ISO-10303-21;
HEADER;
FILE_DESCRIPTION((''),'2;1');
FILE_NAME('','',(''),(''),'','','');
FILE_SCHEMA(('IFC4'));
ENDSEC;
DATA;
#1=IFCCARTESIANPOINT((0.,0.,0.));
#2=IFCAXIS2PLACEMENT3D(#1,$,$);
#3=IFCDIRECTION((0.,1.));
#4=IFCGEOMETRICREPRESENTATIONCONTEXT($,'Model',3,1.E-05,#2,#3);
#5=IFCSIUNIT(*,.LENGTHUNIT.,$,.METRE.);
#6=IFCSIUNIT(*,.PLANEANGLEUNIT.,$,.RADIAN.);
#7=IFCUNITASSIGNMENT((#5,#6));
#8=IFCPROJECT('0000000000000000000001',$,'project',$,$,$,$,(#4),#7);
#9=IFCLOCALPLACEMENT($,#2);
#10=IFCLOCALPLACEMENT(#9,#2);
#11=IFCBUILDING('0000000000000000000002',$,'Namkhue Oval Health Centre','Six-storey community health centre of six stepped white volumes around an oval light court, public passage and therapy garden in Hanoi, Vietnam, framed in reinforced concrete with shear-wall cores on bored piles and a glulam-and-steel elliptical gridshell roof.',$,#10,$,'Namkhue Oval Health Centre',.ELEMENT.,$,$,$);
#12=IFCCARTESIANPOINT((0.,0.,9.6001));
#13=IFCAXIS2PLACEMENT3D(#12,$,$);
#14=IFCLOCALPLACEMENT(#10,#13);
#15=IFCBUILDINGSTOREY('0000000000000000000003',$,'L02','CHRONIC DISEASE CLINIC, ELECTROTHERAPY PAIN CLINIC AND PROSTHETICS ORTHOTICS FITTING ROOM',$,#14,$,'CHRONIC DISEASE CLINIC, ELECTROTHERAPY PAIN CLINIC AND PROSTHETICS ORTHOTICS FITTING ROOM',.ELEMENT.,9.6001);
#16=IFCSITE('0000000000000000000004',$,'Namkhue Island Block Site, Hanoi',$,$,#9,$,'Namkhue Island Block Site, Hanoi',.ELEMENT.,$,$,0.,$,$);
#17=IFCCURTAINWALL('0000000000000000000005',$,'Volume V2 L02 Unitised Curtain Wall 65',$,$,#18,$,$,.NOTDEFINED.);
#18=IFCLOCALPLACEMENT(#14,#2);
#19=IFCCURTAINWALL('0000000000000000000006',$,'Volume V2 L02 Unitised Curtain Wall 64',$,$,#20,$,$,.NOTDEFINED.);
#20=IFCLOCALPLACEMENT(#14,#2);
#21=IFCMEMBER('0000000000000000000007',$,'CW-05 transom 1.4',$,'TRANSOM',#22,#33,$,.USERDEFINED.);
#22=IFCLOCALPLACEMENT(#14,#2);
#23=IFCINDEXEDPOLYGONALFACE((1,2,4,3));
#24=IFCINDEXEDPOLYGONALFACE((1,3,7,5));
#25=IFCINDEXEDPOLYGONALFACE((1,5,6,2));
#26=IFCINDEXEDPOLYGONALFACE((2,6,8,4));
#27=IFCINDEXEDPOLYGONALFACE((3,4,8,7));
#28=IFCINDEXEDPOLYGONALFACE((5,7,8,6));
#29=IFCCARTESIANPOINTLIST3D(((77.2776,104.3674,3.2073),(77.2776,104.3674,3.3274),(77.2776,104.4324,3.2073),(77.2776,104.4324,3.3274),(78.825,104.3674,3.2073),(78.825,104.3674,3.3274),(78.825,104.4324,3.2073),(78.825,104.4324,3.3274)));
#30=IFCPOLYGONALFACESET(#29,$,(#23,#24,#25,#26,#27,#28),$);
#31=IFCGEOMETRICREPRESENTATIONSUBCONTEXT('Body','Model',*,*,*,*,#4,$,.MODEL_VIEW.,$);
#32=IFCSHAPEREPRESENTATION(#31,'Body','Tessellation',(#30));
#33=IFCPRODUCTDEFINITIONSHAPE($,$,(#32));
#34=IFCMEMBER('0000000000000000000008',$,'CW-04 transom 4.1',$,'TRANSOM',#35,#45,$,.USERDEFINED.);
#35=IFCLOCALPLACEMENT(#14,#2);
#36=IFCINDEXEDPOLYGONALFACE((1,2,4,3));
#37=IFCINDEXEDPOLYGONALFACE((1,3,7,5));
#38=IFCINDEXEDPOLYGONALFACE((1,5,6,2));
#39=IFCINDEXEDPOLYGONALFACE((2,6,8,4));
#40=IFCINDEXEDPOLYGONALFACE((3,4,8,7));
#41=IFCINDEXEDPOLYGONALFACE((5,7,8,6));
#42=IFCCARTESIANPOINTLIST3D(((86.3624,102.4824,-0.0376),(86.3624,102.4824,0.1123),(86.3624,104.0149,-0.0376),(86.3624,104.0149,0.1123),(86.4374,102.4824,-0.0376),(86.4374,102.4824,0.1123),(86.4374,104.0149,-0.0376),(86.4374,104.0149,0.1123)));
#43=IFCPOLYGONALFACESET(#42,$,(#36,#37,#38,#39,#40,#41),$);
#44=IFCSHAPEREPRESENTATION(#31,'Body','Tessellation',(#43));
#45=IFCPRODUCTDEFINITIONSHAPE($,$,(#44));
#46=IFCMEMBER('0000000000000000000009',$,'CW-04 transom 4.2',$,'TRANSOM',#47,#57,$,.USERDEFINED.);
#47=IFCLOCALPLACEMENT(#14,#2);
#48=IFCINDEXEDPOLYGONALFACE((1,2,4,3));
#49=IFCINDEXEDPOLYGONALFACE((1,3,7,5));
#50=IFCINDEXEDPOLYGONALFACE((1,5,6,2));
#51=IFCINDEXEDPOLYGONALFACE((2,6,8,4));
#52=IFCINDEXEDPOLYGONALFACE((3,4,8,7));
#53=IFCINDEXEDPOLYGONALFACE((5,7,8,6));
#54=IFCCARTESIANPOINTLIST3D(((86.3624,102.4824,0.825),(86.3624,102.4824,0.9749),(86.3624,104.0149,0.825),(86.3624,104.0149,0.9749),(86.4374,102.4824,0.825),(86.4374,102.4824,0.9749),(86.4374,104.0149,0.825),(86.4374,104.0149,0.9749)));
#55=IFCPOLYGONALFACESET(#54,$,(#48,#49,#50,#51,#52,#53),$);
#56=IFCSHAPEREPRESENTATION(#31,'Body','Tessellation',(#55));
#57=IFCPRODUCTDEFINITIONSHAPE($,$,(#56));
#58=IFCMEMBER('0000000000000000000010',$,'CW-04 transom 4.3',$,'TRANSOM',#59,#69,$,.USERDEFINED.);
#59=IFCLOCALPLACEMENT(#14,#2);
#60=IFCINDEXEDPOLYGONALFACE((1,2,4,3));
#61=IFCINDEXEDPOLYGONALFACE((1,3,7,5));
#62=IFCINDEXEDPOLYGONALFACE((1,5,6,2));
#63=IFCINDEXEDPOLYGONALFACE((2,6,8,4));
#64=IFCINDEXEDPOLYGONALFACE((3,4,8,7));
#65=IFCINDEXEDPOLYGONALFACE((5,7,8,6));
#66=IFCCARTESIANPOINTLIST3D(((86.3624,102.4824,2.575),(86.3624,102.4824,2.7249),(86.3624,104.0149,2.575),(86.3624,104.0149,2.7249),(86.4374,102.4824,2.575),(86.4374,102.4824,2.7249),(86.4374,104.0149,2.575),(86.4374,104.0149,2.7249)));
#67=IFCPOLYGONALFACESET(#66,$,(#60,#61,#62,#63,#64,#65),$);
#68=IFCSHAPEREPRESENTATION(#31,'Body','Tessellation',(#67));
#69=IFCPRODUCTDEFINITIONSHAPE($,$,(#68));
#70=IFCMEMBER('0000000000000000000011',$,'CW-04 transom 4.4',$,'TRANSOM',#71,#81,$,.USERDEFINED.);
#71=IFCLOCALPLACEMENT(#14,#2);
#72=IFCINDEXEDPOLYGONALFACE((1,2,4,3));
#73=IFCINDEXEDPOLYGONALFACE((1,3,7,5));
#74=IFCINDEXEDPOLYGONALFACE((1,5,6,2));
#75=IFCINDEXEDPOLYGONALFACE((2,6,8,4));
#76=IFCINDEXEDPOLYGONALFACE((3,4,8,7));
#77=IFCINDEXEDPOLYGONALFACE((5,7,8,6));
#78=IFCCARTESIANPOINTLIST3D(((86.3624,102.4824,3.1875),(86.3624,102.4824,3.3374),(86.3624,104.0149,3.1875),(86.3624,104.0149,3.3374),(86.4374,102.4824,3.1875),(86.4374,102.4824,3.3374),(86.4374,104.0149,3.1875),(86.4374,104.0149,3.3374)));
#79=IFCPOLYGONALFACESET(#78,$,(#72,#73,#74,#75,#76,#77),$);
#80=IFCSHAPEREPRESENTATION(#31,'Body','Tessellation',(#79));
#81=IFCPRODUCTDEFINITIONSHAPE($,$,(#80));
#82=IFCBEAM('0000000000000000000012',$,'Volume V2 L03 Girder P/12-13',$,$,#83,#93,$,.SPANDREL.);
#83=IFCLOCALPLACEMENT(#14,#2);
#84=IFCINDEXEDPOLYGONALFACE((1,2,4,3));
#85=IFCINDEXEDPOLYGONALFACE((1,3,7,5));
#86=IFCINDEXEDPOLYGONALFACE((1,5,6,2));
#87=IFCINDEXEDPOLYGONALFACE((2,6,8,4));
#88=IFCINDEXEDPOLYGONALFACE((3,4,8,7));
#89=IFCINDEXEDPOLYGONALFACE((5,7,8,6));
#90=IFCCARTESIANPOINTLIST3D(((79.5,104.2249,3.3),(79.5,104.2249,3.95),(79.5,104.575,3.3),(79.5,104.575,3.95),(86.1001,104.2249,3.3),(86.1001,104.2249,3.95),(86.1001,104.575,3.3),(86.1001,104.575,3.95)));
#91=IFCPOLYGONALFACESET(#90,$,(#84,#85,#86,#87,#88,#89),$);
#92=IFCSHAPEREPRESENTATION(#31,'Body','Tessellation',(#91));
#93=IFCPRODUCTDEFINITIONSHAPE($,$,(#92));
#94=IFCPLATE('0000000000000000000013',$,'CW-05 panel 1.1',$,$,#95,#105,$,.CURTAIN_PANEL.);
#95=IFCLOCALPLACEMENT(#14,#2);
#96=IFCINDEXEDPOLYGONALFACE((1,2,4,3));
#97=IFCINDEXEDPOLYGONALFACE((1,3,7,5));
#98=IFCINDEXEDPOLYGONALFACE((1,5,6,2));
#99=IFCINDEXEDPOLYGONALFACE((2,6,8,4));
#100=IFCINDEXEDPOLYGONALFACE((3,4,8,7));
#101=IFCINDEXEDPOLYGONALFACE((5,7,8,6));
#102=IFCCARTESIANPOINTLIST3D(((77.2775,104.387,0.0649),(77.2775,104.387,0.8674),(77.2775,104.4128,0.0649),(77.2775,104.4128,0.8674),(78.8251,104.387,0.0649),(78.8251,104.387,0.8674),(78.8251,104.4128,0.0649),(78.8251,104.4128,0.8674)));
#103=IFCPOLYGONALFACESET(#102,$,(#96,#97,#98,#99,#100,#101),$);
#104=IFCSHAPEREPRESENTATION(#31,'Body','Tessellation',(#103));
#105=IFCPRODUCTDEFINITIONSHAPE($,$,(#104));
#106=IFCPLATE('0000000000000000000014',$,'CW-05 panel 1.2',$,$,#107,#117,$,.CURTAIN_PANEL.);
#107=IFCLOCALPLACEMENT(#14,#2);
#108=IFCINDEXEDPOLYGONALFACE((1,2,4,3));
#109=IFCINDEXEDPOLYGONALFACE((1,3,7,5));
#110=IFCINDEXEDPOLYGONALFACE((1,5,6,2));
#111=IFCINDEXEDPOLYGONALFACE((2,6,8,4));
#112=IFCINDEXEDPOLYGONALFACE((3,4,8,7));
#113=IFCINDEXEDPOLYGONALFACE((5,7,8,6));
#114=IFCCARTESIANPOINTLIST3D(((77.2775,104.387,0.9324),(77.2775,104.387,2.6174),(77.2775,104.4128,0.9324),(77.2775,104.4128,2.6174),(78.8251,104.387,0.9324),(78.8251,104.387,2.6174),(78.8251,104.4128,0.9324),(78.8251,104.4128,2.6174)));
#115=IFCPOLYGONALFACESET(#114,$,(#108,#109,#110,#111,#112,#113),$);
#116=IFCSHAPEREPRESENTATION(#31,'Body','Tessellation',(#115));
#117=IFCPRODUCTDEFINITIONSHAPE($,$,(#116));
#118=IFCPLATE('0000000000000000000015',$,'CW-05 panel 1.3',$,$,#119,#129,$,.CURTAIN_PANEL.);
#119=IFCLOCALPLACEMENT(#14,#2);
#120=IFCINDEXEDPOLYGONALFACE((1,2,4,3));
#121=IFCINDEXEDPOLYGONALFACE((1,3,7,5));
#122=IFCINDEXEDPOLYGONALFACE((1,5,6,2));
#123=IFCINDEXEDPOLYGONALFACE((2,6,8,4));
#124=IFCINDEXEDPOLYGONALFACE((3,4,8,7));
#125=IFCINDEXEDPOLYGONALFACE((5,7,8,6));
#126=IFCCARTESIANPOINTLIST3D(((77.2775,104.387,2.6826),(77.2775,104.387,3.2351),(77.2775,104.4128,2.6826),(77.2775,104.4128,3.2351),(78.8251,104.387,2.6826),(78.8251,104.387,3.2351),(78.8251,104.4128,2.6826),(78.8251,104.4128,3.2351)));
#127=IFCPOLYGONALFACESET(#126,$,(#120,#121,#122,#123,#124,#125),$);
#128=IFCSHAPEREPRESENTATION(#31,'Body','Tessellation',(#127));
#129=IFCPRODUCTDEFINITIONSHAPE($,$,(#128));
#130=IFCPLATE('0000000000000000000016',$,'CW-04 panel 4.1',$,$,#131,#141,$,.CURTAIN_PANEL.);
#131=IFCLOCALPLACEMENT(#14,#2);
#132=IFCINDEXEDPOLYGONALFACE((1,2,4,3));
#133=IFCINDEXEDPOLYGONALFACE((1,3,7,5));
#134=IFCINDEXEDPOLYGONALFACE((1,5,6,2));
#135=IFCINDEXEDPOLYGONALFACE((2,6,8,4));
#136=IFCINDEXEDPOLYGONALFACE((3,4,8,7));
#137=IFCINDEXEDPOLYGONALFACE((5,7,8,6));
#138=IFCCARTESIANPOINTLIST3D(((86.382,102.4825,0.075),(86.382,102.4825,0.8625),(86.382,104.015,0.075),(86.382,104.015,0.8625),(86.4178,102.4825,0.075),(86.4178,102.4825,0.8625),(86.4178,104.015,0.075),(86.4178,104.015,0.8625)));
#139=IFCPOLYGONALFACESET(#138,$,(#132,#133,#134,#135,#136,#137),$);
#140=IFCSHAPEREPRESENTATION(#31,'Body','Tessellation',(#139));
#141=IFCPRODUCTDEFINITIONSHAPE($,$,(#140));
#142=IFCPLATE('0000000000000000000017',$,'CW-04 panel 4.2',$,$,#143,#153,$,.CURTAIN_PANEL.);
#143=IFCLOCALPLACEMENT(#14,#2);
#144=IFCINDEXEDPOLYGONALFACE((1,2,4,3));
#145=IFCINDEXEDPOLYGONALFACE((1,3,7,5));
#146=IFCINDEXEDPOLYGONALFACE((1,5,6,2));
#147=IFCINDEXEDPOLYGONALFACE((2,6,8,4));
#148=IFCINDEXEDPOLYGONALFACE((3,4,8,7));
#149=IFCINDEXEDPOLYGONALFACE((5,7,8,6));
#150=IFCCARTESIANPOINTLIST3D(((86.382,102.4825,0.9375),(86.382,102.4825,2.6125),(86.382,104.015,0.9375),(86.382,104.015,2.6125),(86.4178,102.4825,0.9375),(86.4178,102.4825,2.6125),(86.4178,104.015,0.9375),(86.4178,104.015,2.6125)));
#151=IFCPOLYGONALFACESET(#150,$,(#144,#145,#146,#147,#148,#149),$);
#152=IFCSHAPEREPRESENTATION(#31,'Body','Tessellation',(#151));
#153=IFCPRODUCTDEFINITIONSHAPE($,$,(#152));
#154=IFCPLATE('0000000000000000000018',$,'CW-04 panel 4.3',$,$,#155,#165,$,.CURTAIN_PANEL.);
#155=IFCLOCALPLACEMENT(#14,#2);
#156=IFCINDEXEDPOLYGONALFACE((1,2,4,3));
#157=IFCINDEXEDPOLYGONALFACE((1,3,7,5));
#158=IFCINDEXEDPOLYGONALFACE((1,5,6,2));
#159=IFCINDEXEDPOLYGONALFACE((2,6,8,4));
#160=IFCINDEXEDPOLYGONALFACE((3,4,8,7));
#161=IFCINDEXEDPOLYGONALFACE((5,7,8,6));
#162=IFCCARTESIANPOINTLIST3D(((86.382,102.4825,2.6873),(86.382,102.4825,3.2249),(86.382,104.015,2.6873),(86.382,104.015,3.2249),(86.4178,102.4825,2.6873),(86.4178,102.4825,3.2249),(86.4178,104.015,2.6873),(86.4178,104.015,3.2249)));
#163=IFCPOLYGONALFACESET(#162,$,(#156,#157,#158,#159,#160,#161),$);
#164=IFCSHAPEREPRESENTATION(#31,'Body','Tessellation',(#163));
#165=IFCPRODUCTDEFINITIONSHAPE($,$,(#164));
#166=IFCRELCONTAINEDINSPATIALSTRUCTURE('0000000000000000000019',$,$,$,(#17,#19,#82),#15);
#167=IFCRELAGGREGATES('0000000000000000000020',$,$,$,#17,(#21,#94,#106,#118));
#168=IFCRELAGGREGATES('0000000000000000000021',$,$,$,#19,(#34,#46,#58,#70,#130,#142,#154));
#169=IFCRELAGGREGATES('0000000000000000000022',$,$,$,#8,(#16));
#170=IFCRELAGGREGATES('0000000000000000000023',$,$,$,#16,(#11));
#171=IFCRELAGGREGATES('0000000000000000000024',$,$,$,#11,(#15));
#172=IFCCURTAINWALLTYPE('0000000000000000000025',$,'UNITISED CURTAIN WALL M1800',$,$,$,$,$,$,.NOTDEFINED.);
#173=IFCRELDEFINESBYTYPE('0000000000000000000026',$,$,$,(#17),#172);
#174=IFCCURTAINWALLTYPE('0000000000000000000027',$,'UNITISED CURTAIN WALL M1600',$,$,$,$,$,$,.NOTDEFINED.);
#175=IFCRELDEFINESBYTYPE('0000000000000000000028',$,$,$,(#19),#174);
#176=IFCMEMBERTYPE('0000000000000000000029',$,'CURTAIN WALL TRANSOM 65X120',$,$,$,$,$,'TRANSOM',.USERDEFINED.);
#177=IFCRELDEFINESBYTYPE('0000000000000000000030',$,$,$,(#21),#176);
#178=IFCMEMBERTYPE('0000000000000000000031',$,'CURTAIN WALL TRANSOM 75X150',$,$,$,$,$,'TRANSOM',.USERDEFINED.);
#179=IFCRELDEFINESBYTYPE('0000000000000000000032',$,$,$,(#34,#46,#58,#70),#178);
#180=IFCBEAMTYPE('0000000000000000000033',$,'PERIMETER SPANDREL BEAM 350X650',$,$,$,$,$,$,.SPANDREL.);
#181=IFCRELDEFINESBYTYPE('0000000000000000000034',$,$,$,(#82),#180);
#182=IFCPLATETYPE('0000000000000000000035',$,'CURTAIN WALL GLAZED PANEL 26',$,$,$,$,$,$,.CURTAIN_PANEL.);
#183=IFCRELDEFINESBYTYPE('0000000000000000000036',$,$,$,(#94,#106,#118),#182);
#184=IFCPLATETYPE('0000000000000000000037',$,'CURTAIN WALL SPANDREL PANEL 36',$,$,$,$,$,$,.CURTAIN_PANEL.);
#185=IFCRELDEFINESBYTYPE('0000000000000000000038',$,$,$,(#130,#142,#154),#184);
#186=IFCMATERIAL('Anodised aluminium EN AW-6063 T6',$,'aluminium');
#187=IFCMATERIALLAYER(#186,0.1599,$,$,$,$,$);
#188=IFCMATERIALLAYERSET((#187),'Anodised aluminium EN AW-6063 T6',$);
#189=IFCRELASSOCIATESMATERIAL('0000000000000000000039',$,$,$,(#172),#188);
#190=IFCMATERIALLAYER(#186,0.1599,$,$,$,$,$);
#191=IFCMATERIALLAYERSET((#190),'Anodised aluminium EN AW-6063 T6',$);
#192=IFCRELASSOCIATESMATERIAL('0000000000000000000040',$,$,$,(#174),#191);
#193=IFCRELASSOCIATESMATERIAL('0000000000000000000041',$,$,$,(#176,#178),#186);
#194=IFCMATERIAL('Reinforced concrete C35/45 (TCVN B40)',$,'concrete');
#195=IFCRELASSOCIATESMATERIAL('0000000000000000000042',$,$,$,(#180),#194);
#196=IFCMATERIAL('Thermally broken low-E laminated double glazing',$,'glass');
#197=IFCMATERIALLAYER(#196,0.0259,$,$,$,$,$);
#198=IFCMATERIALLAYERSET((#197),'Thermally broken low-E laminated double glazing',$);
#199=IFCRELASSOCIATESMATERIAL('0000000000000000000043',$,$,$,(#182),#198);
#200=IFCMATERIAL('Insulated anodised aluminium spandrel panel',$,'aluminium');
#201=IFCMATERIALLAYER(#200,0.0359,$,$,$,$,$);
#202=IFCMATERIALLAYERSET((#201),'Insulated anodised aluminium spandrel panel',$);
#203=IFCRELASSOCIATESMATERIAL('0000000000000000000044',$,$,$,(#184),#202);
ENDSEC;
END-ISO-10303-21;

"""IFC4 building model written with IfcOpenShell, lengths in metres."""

from ifc_helpers import new_model, si_unit, direction, frame, origin, origin_2d, place, context, subcontext, project, spatial, rectangle, extrude, material, layer, layer_set, material_profile, profile_set, type_object, element, aggregate, save


model = new_model("IFC4")

# Units and contexts
model_context = context("Model", 3, precision=1e-05, world=origin(), true_north=direction((0.0, 1.0)))
body_context = subcontext(model_context, "Body", "Model", "MODEL_VIEW")
ifc_project = project(units=[si_unit("LENGTHUNIT", "METRE"), si_unit("PLANEANGLEUNIT", "RADIAN")], contexts=[model_context])

# Site, building, storey
site_placement = place(None, origin())
site = spatial("IfcSite", under=ifc_project, at=site_placement, Name="Namkhue Island Block Site, Hanoi", LongName="Namkhue Island Block Site, Hanoi", CompositionType="ELEMENT", RefElevation=0.0)
building_placement = place(site_placement, origin())
building = spatial("IfcBuilding", under=site, at=building_placement, Name="Namkhue Oval Health Centre", Description="Six-storey community health centre of six stepped white volumes around an oval light court, public passage and therapy garden in Hanoi, Vietnam, framed in reinforced concrete with shear-wall cores on bored piles and a glulam-and-steel elliptical gridshell roof.", LongName="Namkhue Oval Health Centre", CompositionType="ELEMENT")
storey_placement = place(building_placement, frame((0.0, 0.0, 9.6001)))
storey = spatial("IfcBuildingStorey", under=building, at=storey_placement, Name="L02", Description="CHRONIC DISEASE CLINIC, ELECTROTHERAPY PAIN CLINIC AND PROSTHETICS ORTHOTICS FITTING ROOM", LongName="CHRONIC DISEASE CLINIC, ELECTROTHERAPY PAIN CLINIC AND PROSTHETICS ORTHOTICS FITTING ROOM", CompositionType="ELEMENT", Elevation=9.6001)

# Shared definitions
ifc_material_1 = material(Name="Reinforced concrete C35/45 (TCVN B40)", Category="concrete")

# Curtain walls
ifc_material_2 = material(Name="Anodised aluminium EN AW-6063 T6", Category="aluminium")
ifc_layer_1 = layer(ifc_material_2, 0.1599)
ifc_layer_set_1 = layer_set([ifc_layer_1], Name="Anodised aluminium EN AW-6063 T6")
curtain_wall_type_1 = type_object("IfcCurtainWallType", Name="UNITISED CURTAIN WALL M1800", PredefinedType="NOTDEFINED", material=ifc_layer_set_1)
curtain_wall_1_placement = place(storey_placement, origin())
curtain_wall_1 = element("IfcCurtainWall", 1, at=curtain_wall_1_placement, inside=storey, type_object=curtain_wall_type_1, Name="Volume V2 L02 Unitised Curtain Wall 65", PredefinedType="NOTDEFINED")
ifc_layer_2 = layer(ifc_material_2, 0.1599)
ifc_layer_set_2 = layer_set([ifc_layer_2], Name="Anodised aluminium EN AW-6063 T6")
curtain_wall_type_2 = type_object("IfcCurtainWallType", Name="UNITISED CURTAIN WALL M1600", PredefinedType="NOTDEFINED", material=ifc_layer_set_2)
curtain_wall_2_placement = place(storey_placement, origin())
curtain_wall_2 = element("IfcCurtainWall", 2, at=curtain_wall_2_placement, inside=storey, type_object=curtain_wall_type_2, Name="Volume V2 L02 Unitised Curtain Wall 64", PredefinedType="NOTDEFINED")

# Members
ifc_material_profile_1 = material_profile(ifc_material_2, rectangle(XDim=0.0649, YDim=0.1201, at=origin_2d()), Name="ALU 65x120")
ifc_profile_set_1 = profile_set([ifc_material_profile_1], Name="Anodised aluminium EN AW-6063 T6")
member_type_1 = type_object("IfcMemberType", Name="CURTAIN WALL TRANSOM 65X120", ElementType="TRANSOM", PredefinedType="USERDEFINED", material=ifc_profile_set_1)
member_1_placement = place(storey_placement, frame((78.825, 104.3999, 3.2673), z_axis=(-1.0, 0.0, 0.0), x_axis=(0.0, -1.0, 0.0)))
member_1 = element("IfcMember", 3, at=member_1_placement, type_object=member_type_1, Name="CW-05 transom 1.4", ObjectType="TRANSOM", PredefinedType="USERDEFINED", context=body_context, shape_type="SweptSolid", body=[
    extrude(rectangle(XDim=0.0649, YDim=0.1201, at=origin_2d()), origin(), (0.0, 0.0, 1.0), 1.5474),
])
ifc_material_profile_2 = material_profile(ifc_material_2, rectangle(XDim=0.075, YDim=0.1499, at=origin_2d()), Name="ALU 75x150")
ifc_profile_set_2 = profile_set([ifc_material_profile_2], Name="Anodised aluminium EN AW-6063 T6")
member_type_2 = type_object("IfcMemberType", Name="CURTAIN WALL TRANSOM 75X150", ElementType="TRANSOM", PredefinedType="USERDEFINED", material=ifc_profile_set_2)
member_2_placement = place(storey_placement, frame((86.3999, 102.4824, 0.0374), z_axis=(0.0, 1.0, 0.0), x_axis=(-1.0, 0.0, 0.0)))
member_2 = element("IfcMember", 4, at=member_2_placement, type_object=member_type_2, Name="CW-04 transom 4.1", ObjectType="TRANSOM", PredefinedType="USERDEFINED", context=body_context, shape_type="SweptSolid", body=[
    extrude(rectangle(XDim=0.075, YDim=0.1499, at=origin_2d()), origin(), (0.0, 0.0, 1.0), 1.5325),
])
member_3_placement = place(storey_placement, frame((86.3999, 102.4824, 0.8999), z_axis=(0.0, 1.0, 0.0), x_axis=(-1.0, 0.0, 0.0)))
member_3 = element("IfcMember", 5, at=member_3_placement, type_object=member_type_2, Name="CW-04 transom 4.2", ObjectType="TRANSOM", PredefinedType="USERDEFINED", context=body_context, shape_type="SweptSolid", body=[
    extrude(rectangle(XDim=0.075, YDim=0.1499, at=origin_2d()), origin(), (0.0, 0.0, 1.0), 1.5325),
])
member_4_placement = place(storey_placement, frame((86.3999, 102.4824, 2.6499), z_axis=(0.0, 1.0, 0.0), x_axis=(-1.0, 0.0, 0.0)))
member_4 = element("IfcMember", 6, at=member_4_placement, type_object=member_type_2, Name="CW-04 transom 4.3", ObjectType="TRANSOM", PredefinedType="USERDEFINED", context=body_context, shape_type="SweptSolid", body=[
    extrude(rectangle(XDim=0.075, YDim=0.1499, at=origin_2d()), origin(), (0.0, 0.0, 1.0), 1.5325),
])
member_5_placement = place(storey_placement, frame((86.3999, 102.4824, 3.2625), z_axis=(0.0, 1.0, 0.0), x_axis=(-1.0, 0.0, 0.0)))
member_5 = element("IfcMember", 7, at=member_5_placement, type_object=member_type_2, Name="CW-04 transom 4.4", ObjectType="TRANSOM", PredefinedType="USERDEFINED", context=body_context, shape_type="SweptSolid", body=[
    extrude(rectangle(XDim=0.075, YDim=0.1499, at=origin_2d()), origin(), (0.0, 0.0, 1.0), 1.5325),
])

# Beam
ifc_material_profile_3 = material_profile(ifc_material_1, rectangle(XDim=0.3501, YDim=0.6499, at=origin_2d()), Name="RC 350x650")
ifc_profile_set_3 = profile_set([ifc_material_profile_3], Name="Reinforced concrete C35/45 (TCVN B40)")
beam_type = type_object("IfcBeamType", Name="PERIMETER SPANDREL BEAM 350X650", PredefinedType="SPANDREL", material=ifc_profile_set_3)
beam_placement = place(storey_placement, frame((79.5, 104.3999, 3.625), z_axis=(1.0, 0.0, 0.0), x_axis=(0.0, 1.0, 0.0)))
element("IfcBeam", 8, at=beam_placement, inside=storey, type_object=beam_type, Name="Volume V2 L03 Girder P/12-13", PredefinedType="SPANDREL", context=body_context, shape_type="SweptSolid", body=[
    extrude(rectangle(XDim=0.3501, YDim=0.6499, at=origin_2d()), origin(), (0.0, 0.0, 1.0), 6.6001),
])

# Plates
ifc_material_3 = material(Name="Thermally broken low-E laminated double glazing", Category="glass")
ifc_layer_3 = layer(ifc_material_3, 0.0259)
ifc_layer_set_3 = layer_set([ifc_layer_3], Name="Thermally broken low-E laminated double glazing")
plate_type_1 = type_object("IfcPlateType", Name="CURTAIN WALL GLAZED PANEL 26", PredefinedType="CURTAIN_PANEL", material=ifc_layer_set_3)
plate_1_placement = place(storey_placement, frame((78.0513, 104.3999, 0.0649), z_axis=(0.0, 0.0, 1.0), x_axis=(-1.0, 0.0, 0.0)))
plate_1 = element("IfcPlate", 9, at=plate_1_placement, type_object=plate_type_1, Name="CW-05 panel 1.1", PredefinedType="CURTAIN_PANEL", context=body_context, shape_type="SweptSolid", body=[
    extrude(rectangle(XDim=1.5476, YDim=0.0259, at=origin_2d()), origin(), (0.0, 0.0, 1.0), 0.8025),
])
plate_2_placement = place(storey_placement, frame((78.0513, 104.3999, 0.9324), z_axis=(0.0, 0.0, 1.0), x_axis=(-1.0, 0.0, 0.0)))
plate_2 = element("IfcPlate", 10, at=plate_2_placement, type_object=plate_type_1, Name="CW-05 panel 1.2", PredefinedType="CURTAIN_PANEL", context=body_context, shape_type="SweptSolid", body=[
    extrude(rectangle(XDim=1.5476, YDim=0.0259, at=origin_2d()), origin(), (0.0, 0.0, 1.0), 1.6851),
])
plate_3_placement = place(storey_placement, frame((78.0513, 104.3999, 2.6826), z_axis=(0.0, 0.0, 1.0), x_axis=(-1.0, 0.0, 0.0)))
plate_3 = element("IfcPlate", 11, at=plate_3_placement, type_object=plate_type_1, Name="CW-05 panel 1.3", PredefinedType="CURTAIN_PANEL", context=body_context, shape_type="SweptSolid", body=[
    extrude(rectangle(XDim=1.5476, YDim=0.0259, at=origin_2d()), origin(), (0.0, 0.0, 1.0), 0.5525),
])
aggregate(curtain_wall_1, [member_1, plate_1, plate_2, plate_3])
ifc_material_4 = material(Name="Insulated anodised aluminium spandrel panel", Category="aluminium")
ifc_layer_4 = layer(ifc_material_4, 0.0359)
ifc_layer_set_4 = layer_set([ifc_layer_4], Name="Insulated anodised aluminium spandrel panel")
plate_type_2 = type_object("IfcPlateType", Name="CURTAIN WALL SPANDREL PANEL 36", PredefinedType="CURTAIN_PANEL", material=ifc_layer_set_4)
plate_4_placement = place(storey_placement, frame((86.3999, 103.2488, 0.075), z_axis=(0.0, 0.0, 1.0), x_axis=(0.0, 1.0, 0.0)))
plate_4 = element("IfcPlate", 12, at=plate_4_placement, type_object=plate_type_2, Name="CW-04 panel 4.1", PredefinedType="CURTAIN_PANEL", context=body_context, shape_type="SweptSolid", body=[
    extrude(rectangle(XDim=1.5325, YDim=0.0359, at=origin_2d()), origin(), (0.0, 0.0, 1.0), 0.7876),
])
plate_5_placement = place(storey_placement, frame((86.3999, 103.2488, 0.9375), z_axis=(0.0, 0.0, 1.0), x_axis=(0.0, 1.0, 0.0)))
plate_5 = element("IfcPlate", 13, at=plate_5_placement, type_object=plate_type_2, Name="CW-04 panel 4.2", PredefinedType="CURTAIN_PANEL", context=body_context, shape_type="SweptSolid", body=[
    extrude(rectangle(XDim=1.5325, YDim=0.0359, at=origin_2d()), origin(), (0.0, 0.0, 1.0), 1.675),
])
plate_6_placement = place(storey_placement, frame((86.3999, 103.2488, 2.6873), z_axis=(0.0, 0.0, 1.0), x_axis=(0.0, 1.0, 0.0)))
plate_6 = element("IfcPlate", 14, at=plate_6_placement, type_object=plate_type_2, Name="CW-04 panel 4.3", PredefinedType="CURTAIN_PANEL", context=body_context, shape_type="SweptSolid", body=[
    extrude(rectangle(XDim=1.5325, YDim=0.0359, at=origin_2d()), origin(), (0.0, 0.0, 1.0), 0.5376),
])
aggregate(curtain_wall_2, [member_2, member_3, member_4, member_5, plate_4, plate_5, plate_6])

save(model, "model.ifc")
